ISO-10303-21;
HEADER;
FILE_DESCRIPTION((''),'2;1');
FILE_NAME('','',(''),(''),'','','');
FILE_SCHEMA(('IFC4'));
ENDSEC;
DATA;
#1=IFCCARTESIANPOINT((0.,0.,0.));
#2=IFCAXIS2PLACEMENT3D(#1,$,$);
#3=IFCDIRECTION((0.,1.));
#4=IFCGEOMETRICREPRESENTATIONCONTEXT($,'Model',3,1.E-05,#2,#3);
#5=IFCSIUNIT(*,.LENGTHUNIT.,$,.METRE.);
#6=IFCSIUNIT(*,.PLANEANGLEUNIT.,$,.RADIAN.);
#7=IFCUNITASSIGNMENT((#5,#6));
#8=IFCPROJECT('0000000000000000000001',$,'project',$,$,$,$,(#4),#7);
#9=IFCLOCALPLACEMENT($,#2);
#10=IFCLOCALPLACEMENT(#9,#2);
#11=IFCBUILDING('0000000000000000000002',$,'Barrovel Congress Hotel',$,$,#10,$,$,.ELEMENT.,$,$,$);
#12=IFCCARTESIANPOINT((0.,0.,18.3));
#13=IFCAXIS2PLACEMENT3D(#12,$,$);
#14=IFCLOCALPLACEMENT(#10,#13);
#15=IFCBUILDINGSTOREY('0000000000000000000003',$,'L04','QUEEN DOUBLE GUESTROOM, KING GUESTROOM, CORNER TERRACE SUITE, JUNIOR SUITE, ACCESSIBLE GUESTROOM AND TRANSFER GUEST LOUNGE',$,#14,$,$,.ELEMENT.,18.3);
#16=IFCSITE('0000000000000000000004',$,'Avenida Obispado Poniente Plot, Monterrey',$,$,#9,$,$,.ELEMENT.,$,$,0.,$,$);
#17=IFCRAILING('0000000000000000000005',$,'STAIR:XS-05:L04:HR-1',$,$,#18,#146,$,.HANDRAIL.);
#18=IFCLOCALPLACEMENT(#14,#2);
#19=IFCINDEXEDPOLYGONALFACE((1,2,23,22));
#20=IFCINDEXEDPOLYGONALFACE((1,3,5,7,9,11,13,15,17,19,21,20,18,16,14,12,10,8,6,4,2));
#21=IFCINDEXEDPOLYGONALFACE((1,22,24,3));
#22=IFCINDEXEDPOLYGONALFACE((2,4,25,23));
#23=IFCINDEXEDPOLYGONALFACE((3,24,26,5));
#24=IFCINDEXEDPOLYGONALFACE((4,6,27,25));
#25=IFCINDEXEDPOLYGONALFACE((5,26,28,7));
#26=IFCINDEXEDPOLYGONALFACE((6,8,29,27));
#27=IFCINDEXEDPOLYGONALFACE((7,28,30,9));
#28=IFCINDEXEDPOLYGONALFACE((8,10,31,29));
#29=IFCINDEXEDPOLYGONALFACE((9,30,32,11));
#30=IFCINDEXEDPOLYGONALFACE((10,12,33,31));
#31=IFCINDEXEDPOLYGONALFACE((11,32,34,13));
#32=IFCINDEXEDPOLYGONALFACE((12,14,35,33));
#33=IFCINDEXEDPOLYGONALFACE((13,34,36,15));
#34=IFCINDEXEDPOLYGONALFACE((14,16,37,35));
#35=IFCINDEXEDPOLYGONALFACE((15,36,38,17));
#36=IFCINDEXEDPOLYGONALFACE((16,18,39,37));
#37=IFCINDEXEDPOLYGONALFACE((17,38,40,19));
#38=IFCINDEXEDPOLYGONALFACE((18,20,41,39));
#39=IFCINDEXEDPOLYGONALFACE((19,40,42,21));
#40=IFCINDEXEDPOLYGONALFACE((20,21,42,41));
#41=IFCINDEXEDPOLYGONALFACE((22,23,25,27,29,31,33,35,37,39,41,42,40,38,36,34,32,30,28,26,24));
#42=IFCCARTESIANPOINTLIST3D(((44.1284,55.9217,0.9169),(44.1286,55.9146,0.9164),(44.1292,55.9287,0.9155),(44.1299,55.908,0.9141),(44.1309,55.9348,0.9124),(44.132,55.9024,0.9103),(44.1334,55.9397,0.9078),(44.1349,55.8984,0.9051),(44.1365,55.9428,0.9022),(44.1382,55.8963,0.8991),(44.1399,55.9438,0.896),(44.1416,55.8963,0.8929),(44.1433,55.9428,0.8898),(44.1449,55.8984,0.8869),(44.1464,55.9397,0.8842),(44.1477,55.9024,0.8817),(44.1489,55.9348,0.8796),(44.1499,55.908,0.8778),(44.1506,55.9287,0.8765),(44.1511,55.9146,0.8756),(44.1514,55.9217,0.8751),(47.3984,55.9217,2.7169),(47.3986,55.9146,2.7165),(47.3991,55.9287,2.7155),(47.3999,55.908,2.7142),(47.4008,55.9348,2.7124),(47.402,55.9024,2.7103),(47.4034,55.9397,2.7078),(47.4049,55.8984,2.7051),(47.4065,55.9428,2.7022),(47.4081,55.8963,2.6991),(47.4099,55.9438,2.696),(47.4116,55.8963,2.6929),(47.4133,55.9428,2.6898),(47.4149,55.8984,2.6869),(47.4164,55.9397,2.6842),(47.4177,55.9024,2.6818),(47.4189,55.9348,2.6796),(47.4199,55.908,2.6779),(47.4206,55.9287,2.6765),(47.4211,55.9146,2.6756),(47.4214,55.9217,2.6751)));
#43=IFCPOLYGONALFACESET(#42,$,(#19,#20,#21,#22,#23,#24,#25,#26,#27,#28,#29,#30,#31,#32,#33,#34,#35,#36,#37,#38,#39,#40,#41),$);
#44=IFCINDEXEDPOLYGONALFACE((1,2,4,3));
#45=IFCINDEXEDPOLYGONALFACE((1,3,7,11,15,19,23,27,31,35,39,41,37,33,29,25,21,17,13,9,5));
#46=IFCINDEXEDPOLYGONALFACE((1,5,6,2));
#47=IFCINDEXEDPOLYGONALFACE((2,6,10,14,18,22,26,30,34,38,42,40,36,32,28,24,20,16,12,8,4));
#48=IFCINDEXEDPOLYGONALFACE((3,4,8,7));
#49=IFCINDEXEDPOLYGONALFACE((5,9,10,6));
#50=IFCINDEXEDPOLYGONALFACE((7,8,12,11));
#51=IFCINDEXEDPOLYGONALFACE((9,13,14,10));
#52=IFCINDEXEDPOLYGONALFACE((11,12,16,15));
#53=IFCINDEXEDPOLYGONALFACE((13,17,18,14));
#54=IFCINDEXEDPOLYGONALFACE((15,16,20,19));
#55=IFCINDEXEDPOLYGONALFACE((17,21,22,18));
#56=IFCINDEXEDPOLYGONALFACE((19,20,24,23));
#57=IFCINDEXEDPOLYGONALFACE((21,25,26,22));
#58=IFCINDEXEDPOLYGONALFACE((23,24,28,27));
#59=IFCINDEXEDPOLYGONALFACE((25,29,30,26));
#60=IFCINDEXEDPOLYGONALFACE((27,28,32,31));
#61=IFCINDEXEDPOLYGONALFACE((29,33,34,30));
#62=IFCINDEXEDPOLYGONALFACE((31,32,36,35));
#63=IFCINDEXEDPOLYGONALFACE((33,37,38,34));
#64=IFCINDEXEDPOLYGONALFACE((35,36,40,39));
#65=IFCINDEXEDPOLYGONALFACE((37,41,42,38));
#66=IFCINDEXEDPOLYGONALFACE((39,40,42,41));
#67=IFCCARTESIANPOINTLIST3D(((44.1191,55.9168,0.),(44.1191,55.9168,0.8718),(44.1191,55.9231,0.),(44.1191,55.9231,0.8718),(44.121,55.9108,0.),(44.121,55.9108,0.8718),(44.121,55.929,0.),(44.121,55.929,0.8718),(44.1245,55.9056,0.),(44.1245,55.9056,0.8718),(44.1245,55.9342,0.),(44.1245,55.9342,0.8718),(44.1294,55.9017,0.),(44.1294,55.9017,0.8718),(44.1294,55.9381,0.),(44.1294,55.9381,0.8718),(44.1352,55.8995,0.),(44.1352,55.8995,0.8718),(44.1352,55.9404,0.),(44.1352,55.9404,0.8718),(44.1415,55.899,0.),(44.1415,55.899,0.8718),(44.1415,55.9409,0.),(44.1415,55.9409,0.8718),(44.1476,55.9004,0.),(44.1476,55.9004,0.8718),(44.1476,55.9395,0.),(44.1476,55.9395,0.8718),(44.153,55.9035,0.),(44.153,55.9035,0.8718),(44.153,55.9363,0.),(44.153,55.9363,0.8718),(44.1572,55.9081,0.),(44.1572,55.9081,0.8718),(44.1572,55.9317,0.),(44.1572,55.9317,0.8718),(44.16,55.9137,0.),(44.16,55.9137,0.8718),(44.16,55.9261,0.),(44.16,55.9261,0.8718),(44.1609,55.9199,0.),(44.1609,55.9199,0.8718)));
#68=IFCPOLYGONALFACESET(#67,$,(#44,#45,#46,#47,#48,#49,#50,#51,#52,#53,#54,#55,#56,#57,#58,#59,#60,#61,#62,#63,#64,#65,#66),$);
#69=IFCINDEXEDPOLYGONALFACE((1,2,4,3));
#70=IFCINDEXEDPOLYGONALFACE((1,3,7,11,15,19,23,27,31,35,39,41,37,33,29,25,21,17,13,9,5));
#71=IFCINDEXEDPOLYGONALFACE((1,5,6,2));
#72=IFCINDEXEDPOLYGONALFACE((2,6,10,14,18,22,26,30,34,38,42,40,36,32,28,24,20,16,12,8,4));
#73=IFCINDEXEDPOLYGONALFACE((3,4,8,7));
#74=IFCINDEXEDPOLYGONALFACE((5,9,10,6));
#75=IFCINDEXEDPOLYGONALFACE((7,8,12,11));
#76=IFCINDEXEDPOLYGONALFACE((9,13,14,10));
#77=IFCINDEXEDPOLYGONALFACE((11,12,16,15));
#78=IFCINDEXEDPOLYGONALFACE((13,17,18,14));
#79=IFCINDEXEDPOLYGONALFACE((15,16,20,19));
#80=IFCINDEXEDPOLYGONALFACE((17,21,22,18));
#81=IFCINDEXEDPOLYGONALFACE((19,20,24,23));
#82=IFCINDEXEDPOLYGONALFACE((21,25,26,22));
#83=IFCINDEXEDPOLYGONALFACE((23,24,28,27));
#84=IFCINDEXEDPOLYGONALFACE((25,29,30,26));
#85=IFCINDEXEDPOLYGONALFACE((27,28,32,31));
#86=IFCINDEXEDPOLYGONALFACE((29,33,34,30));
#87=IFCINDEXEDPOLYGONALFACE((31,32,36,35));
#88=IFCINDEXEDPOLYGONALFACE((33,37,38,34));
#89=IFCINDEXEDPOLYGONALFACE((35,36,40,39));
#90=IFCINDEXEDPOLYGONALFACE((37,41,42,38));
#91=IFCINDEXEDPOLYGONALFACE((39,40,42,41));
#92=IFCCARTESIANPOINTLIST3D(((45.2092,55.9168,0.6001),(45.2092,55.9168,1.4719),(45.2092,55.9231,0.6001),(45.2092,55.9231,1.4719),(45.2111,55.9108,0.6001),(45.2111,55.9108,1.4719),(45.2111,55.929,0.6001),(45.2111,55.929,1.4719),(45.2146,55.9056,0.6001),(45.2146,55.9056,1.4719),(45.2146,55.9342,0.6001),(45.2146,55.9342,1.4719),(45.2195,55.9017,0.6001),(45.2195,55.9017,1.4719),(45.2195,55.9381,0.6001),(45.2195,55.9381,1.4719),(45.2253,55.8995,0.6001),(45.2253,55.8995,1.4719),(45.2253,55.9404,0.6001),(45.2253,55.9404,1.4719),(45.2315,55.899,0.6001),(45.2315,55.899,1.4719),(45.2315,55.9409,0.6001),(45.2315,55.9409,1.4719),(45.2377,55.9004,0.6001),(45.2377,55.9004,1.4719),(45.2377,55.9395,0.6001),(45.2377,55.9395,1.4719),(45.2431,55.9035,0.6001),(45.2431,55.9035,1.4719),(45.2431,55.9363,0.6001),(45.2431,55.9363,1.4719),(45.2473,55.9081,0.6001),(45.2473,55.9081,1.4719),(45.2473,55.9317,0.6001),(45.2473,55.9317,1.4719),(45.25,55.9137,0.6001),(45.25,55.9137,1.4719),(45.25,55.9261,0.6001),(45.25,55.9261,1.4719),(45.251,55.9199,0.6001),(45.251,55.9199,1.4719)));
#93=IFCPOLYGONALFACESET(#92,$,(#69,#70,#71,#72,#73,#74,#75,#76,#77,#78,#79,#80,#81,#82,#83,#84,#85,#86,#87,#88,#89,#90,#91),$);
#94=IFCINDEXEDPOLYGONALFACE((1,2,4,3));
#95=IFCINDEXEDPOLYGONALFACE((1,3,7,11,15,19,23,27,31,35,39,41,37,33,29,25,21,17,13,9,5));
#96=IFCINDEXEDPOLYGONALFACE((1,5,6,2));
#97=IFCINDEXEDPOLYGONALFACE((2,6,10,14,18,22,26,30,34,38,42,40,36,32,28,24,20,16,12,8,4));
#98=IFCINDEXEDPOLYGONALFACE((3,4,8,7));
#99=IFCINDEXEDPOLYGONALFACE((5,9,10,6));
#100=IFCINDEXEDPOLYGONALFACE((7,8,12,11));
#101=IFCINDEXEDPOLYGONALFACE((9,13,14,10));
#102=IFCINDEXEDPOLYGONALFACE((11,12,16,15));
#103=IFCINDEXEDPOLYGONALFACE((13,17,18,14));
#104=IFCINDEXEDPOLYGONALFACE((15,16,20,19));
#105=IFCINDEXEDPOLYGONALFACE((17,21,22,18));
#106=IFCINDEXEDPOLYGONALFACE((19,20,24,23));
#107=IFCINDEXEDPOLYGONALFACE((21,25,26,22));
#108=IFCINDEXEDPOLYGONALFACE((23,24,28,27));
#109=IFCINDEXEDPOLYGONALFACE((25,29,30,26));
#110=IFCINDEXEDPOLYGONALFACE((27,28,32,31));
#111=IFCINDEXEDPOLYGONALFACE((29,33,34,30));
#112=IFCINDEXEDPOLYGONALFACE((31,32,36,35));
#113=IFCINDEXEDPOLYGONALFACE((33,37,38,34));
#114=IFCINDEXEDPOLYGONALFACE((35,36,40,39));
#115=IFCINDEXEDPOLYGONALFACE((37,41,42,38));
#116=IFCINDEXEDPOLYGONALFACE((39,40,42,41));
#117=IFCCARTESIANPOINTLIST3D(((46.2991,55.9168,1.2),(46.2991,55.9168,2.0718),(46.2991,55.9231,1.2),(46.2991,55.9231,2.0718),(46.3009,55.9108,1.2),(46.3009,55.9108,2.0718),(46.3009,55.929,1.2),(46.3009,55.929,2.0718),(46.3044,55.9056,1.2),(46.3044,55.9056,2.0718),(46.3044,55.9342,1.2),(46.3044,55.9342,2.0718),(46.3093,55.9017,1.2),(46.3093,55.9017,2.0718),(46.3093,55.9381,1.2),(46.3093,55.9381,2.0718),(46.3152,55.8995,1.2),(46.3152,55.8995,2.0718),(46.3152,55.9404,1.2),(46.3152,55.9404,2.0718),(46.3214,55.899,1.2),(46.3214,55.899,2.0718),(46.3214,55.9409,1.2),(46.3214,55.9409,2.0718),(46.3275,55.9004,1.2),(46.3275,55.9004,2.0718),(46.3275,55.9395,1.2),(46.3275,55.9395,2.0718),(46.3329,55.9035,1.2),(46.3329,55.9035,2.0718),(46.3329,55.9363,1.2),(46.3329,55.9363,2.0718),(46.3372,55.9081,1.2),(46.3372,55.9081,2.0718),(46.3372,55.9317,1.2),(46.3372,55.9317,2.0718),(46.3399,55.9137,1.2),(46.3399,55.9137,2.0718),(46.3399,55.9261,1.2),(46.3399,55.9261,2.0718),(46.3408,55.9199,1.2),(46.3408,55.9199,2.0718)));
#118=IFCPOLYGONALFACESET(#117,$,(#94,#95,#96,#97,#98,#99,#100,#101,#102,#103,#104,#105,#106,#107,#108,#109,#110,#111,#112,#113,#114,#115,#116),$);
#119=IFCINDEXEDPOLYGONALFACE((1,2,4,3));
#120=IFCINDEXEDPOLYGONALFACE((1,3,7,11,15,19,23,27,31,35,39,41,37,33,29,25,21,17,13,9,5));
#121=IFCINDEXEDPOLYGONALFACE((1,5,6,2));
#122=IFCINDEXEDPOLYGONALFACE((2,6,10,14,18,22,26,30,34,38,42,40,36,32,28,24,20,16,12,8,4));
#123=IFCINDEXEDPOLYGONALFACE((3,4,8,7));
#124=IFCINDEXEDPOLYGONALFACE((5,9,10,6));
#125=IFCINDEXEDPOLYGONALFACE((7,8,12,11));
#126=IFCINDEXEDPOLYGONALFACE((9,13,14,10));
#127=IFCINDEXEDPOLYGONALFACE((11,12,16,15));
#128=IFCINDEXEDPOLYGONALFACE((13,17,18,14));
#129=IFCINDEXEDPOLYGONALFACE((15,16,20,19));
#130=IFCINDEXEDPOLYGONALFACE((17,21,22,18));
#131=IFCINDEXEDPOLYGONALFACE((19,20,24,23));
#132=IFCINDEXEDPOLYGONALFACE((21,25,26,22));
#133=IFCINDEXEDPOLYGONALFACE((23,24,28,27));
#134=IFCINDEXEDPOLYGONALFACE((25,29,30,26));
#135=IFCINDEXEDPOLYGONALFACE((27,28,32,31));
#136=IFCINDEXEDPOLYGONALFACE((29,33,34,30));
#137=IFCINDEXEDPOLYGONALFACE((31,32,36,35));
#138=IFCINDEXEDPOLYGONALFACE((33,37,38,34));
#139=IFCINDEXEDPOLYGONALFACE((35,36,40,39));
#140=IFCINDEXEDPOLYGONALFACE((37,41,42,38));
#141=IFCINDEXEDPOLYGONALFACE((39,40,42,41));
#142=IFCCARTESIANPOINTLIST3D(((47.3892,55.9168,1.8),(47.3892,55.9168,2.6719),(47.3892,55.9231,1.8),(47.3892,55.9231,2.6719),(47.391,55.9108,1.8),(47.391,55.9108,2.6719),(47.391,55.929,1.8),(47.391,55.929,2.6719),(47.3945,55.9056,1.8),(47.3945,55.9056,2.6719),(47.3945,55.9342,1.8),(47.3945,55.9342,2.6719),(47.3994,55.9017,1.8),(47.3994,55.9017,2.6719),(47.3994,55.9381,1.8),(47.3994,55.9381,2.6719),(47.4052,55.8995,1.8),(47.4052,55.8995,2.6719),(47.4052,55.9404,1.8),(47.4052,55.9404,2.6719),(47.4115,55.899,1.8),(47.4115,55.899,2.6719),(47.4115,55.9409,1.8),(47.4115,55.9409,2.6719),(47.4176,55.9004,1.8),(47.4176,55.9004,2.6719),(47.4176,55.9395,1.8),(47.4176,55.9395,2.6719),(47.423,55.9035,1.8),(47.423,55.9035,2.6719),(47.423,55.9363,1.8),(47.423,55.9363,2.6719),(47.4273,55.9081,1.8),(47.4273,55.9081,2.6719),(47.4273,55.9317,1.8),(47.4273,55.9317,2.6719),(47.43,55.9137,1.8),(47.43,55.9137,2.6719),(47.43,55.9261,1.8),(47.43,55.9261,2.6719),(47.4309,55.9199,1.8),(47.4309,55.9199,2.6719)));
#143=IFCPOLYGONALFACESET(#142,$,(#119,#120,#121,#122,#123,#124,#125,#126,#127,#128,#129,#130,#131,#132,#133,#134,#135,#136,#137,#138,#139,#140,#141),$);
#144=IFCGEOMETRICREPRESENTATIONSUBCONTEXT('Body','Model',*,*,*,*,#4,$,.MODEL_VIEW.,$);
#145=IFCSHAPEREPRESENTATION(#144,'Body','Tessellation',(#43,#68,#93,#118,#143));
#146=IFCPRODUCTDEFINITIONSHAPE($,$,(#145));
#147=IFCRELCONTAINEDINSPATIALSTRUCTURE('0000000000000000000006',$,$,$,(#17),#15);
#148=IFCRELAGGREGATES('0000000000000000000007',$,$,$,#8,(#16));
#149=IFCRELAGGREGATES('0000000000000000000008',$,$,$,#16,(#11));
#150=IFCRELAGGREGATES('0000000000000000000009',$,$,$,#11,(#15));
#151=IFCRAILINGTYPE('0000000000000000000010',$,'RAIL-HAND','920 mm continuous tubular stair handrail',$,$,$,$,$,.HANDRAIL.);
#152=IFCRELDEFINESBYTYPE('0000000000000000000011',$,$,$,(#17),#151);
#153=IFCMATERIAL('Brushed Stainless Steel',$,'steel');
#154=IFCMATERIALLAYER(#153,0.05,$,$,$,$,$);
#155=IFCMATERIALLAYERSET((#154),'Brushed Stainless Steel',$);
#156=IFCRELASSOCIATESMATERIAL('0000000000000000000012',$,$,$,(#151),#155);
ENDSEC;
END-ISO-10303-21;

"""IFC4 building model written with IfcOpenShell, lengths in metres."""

from ifc_helpers import new_model, si_unit, direction, frame, origin, origin_2d, place, context, subcontext, project, spatial, circle, extrude, material, layer, layer_set, type_object, element, save


model = new_model("IFC4")

# Units and contexts
model_context = context("Model", 3, precision=1e-05, world=origin(), true_north=direction((0.0, 1.0)))
body_context = subcontext(model_context, "Body", "Model", "MODEL_VIEW")
ifc_project = project(units=[si_unit("LENGTHUNIT", "METRE"), si_unit("PLANEANGLEUNIT", "RADIAN")], contexts=[model_context])

# Site, building, storey
site_placement = place(None, origin())
site = spatial("IfcSite", under=ifc_project, at=site_placement, Name="Avenida Obispado Poniente Plot, Monterrey", CompositionType="ELEMENT", RefElevation=0.0)
building_placement = place(site_placement, origin())
building = spatial("IfcBuilding", under=site, at=building_placement, Name="Barrovel Congress Hotel", CompositionType="ELEMENT")
storey_placement = place(building_placement, frame((0.0, 0.0, 18.3)))
storey = spatial("IfcBuildingStorey", under=building, at=storey_placement, Name="L04", Description="QUEEN DOUBLE GUESTROOM, KING GUESTROOM, CORNER TERRACE SUITE, JUNIOR SUITE, ACCESSIBLE GUESTROOM AND TRANSFER GUEST LOUNGE", CompositionType="ELEMENT", Elevation=18.3)

# Railing
ifc_material_1 = material(Name="Brushed Stainless Steel", Category="steel")
ifc_layer_1 = layer(ifc_material_1, 0.05)
ifc_layer_set_1 = layer_set([ifc_layer_1], Name="Brushed Stainless Steel")
railing_type_1 = type_object("IfcRailingType", Name="RAIL-HAND", Description="920 mm continuous tubular stair handrail", PredefinedType="HANDRAIL", material=ifc_layer_set_1)
railing_1_placement = place(storey_placement, frame((44.1399, 55.9199, 0.0)))
element("IfcRailing", 1, at=railing_1_placement, inside=storey, type_object=railing_type_1, Name="STAIR:XS-05:L04:HR-1", PredefinedType="HANDRAIL", context=body_context, shape_type="SweptSolid", body=[
    extrude(circle(Radius=0.0239, at=origin_2d()), frame((0.0, 0.0, 0.896), z_axis=(0.876042, 0.0, 0.482235), x_axis=(0.0, 1.0, 0.0)), (0.0, 0.0, 1.0), 3.7327),
    extrude(circle(Radius=0.021, at=origin_2d()), origin(), (0.0, 0.0, 1.0), 0.8718),
    extrude(circle(Radius=0.021, at=origin_2d()), frame((1.0901, 0.0, 0.6001)), (0.0, 0.0, 1.0), 0.8718),
    extrude(circle(Radius=0.021, at=origin_2d()), frame((2.1799, 0.0, 1.2)), (0.0, 0.0, 1.0), 0.8718),
    extrude(circle(Radius=0.021, at=origin_2d()), frame((3.27, 0.0, 1.8)), (0.0, 0.0, 1.0), 0.8718),
])

save(model, "model.ifc")
